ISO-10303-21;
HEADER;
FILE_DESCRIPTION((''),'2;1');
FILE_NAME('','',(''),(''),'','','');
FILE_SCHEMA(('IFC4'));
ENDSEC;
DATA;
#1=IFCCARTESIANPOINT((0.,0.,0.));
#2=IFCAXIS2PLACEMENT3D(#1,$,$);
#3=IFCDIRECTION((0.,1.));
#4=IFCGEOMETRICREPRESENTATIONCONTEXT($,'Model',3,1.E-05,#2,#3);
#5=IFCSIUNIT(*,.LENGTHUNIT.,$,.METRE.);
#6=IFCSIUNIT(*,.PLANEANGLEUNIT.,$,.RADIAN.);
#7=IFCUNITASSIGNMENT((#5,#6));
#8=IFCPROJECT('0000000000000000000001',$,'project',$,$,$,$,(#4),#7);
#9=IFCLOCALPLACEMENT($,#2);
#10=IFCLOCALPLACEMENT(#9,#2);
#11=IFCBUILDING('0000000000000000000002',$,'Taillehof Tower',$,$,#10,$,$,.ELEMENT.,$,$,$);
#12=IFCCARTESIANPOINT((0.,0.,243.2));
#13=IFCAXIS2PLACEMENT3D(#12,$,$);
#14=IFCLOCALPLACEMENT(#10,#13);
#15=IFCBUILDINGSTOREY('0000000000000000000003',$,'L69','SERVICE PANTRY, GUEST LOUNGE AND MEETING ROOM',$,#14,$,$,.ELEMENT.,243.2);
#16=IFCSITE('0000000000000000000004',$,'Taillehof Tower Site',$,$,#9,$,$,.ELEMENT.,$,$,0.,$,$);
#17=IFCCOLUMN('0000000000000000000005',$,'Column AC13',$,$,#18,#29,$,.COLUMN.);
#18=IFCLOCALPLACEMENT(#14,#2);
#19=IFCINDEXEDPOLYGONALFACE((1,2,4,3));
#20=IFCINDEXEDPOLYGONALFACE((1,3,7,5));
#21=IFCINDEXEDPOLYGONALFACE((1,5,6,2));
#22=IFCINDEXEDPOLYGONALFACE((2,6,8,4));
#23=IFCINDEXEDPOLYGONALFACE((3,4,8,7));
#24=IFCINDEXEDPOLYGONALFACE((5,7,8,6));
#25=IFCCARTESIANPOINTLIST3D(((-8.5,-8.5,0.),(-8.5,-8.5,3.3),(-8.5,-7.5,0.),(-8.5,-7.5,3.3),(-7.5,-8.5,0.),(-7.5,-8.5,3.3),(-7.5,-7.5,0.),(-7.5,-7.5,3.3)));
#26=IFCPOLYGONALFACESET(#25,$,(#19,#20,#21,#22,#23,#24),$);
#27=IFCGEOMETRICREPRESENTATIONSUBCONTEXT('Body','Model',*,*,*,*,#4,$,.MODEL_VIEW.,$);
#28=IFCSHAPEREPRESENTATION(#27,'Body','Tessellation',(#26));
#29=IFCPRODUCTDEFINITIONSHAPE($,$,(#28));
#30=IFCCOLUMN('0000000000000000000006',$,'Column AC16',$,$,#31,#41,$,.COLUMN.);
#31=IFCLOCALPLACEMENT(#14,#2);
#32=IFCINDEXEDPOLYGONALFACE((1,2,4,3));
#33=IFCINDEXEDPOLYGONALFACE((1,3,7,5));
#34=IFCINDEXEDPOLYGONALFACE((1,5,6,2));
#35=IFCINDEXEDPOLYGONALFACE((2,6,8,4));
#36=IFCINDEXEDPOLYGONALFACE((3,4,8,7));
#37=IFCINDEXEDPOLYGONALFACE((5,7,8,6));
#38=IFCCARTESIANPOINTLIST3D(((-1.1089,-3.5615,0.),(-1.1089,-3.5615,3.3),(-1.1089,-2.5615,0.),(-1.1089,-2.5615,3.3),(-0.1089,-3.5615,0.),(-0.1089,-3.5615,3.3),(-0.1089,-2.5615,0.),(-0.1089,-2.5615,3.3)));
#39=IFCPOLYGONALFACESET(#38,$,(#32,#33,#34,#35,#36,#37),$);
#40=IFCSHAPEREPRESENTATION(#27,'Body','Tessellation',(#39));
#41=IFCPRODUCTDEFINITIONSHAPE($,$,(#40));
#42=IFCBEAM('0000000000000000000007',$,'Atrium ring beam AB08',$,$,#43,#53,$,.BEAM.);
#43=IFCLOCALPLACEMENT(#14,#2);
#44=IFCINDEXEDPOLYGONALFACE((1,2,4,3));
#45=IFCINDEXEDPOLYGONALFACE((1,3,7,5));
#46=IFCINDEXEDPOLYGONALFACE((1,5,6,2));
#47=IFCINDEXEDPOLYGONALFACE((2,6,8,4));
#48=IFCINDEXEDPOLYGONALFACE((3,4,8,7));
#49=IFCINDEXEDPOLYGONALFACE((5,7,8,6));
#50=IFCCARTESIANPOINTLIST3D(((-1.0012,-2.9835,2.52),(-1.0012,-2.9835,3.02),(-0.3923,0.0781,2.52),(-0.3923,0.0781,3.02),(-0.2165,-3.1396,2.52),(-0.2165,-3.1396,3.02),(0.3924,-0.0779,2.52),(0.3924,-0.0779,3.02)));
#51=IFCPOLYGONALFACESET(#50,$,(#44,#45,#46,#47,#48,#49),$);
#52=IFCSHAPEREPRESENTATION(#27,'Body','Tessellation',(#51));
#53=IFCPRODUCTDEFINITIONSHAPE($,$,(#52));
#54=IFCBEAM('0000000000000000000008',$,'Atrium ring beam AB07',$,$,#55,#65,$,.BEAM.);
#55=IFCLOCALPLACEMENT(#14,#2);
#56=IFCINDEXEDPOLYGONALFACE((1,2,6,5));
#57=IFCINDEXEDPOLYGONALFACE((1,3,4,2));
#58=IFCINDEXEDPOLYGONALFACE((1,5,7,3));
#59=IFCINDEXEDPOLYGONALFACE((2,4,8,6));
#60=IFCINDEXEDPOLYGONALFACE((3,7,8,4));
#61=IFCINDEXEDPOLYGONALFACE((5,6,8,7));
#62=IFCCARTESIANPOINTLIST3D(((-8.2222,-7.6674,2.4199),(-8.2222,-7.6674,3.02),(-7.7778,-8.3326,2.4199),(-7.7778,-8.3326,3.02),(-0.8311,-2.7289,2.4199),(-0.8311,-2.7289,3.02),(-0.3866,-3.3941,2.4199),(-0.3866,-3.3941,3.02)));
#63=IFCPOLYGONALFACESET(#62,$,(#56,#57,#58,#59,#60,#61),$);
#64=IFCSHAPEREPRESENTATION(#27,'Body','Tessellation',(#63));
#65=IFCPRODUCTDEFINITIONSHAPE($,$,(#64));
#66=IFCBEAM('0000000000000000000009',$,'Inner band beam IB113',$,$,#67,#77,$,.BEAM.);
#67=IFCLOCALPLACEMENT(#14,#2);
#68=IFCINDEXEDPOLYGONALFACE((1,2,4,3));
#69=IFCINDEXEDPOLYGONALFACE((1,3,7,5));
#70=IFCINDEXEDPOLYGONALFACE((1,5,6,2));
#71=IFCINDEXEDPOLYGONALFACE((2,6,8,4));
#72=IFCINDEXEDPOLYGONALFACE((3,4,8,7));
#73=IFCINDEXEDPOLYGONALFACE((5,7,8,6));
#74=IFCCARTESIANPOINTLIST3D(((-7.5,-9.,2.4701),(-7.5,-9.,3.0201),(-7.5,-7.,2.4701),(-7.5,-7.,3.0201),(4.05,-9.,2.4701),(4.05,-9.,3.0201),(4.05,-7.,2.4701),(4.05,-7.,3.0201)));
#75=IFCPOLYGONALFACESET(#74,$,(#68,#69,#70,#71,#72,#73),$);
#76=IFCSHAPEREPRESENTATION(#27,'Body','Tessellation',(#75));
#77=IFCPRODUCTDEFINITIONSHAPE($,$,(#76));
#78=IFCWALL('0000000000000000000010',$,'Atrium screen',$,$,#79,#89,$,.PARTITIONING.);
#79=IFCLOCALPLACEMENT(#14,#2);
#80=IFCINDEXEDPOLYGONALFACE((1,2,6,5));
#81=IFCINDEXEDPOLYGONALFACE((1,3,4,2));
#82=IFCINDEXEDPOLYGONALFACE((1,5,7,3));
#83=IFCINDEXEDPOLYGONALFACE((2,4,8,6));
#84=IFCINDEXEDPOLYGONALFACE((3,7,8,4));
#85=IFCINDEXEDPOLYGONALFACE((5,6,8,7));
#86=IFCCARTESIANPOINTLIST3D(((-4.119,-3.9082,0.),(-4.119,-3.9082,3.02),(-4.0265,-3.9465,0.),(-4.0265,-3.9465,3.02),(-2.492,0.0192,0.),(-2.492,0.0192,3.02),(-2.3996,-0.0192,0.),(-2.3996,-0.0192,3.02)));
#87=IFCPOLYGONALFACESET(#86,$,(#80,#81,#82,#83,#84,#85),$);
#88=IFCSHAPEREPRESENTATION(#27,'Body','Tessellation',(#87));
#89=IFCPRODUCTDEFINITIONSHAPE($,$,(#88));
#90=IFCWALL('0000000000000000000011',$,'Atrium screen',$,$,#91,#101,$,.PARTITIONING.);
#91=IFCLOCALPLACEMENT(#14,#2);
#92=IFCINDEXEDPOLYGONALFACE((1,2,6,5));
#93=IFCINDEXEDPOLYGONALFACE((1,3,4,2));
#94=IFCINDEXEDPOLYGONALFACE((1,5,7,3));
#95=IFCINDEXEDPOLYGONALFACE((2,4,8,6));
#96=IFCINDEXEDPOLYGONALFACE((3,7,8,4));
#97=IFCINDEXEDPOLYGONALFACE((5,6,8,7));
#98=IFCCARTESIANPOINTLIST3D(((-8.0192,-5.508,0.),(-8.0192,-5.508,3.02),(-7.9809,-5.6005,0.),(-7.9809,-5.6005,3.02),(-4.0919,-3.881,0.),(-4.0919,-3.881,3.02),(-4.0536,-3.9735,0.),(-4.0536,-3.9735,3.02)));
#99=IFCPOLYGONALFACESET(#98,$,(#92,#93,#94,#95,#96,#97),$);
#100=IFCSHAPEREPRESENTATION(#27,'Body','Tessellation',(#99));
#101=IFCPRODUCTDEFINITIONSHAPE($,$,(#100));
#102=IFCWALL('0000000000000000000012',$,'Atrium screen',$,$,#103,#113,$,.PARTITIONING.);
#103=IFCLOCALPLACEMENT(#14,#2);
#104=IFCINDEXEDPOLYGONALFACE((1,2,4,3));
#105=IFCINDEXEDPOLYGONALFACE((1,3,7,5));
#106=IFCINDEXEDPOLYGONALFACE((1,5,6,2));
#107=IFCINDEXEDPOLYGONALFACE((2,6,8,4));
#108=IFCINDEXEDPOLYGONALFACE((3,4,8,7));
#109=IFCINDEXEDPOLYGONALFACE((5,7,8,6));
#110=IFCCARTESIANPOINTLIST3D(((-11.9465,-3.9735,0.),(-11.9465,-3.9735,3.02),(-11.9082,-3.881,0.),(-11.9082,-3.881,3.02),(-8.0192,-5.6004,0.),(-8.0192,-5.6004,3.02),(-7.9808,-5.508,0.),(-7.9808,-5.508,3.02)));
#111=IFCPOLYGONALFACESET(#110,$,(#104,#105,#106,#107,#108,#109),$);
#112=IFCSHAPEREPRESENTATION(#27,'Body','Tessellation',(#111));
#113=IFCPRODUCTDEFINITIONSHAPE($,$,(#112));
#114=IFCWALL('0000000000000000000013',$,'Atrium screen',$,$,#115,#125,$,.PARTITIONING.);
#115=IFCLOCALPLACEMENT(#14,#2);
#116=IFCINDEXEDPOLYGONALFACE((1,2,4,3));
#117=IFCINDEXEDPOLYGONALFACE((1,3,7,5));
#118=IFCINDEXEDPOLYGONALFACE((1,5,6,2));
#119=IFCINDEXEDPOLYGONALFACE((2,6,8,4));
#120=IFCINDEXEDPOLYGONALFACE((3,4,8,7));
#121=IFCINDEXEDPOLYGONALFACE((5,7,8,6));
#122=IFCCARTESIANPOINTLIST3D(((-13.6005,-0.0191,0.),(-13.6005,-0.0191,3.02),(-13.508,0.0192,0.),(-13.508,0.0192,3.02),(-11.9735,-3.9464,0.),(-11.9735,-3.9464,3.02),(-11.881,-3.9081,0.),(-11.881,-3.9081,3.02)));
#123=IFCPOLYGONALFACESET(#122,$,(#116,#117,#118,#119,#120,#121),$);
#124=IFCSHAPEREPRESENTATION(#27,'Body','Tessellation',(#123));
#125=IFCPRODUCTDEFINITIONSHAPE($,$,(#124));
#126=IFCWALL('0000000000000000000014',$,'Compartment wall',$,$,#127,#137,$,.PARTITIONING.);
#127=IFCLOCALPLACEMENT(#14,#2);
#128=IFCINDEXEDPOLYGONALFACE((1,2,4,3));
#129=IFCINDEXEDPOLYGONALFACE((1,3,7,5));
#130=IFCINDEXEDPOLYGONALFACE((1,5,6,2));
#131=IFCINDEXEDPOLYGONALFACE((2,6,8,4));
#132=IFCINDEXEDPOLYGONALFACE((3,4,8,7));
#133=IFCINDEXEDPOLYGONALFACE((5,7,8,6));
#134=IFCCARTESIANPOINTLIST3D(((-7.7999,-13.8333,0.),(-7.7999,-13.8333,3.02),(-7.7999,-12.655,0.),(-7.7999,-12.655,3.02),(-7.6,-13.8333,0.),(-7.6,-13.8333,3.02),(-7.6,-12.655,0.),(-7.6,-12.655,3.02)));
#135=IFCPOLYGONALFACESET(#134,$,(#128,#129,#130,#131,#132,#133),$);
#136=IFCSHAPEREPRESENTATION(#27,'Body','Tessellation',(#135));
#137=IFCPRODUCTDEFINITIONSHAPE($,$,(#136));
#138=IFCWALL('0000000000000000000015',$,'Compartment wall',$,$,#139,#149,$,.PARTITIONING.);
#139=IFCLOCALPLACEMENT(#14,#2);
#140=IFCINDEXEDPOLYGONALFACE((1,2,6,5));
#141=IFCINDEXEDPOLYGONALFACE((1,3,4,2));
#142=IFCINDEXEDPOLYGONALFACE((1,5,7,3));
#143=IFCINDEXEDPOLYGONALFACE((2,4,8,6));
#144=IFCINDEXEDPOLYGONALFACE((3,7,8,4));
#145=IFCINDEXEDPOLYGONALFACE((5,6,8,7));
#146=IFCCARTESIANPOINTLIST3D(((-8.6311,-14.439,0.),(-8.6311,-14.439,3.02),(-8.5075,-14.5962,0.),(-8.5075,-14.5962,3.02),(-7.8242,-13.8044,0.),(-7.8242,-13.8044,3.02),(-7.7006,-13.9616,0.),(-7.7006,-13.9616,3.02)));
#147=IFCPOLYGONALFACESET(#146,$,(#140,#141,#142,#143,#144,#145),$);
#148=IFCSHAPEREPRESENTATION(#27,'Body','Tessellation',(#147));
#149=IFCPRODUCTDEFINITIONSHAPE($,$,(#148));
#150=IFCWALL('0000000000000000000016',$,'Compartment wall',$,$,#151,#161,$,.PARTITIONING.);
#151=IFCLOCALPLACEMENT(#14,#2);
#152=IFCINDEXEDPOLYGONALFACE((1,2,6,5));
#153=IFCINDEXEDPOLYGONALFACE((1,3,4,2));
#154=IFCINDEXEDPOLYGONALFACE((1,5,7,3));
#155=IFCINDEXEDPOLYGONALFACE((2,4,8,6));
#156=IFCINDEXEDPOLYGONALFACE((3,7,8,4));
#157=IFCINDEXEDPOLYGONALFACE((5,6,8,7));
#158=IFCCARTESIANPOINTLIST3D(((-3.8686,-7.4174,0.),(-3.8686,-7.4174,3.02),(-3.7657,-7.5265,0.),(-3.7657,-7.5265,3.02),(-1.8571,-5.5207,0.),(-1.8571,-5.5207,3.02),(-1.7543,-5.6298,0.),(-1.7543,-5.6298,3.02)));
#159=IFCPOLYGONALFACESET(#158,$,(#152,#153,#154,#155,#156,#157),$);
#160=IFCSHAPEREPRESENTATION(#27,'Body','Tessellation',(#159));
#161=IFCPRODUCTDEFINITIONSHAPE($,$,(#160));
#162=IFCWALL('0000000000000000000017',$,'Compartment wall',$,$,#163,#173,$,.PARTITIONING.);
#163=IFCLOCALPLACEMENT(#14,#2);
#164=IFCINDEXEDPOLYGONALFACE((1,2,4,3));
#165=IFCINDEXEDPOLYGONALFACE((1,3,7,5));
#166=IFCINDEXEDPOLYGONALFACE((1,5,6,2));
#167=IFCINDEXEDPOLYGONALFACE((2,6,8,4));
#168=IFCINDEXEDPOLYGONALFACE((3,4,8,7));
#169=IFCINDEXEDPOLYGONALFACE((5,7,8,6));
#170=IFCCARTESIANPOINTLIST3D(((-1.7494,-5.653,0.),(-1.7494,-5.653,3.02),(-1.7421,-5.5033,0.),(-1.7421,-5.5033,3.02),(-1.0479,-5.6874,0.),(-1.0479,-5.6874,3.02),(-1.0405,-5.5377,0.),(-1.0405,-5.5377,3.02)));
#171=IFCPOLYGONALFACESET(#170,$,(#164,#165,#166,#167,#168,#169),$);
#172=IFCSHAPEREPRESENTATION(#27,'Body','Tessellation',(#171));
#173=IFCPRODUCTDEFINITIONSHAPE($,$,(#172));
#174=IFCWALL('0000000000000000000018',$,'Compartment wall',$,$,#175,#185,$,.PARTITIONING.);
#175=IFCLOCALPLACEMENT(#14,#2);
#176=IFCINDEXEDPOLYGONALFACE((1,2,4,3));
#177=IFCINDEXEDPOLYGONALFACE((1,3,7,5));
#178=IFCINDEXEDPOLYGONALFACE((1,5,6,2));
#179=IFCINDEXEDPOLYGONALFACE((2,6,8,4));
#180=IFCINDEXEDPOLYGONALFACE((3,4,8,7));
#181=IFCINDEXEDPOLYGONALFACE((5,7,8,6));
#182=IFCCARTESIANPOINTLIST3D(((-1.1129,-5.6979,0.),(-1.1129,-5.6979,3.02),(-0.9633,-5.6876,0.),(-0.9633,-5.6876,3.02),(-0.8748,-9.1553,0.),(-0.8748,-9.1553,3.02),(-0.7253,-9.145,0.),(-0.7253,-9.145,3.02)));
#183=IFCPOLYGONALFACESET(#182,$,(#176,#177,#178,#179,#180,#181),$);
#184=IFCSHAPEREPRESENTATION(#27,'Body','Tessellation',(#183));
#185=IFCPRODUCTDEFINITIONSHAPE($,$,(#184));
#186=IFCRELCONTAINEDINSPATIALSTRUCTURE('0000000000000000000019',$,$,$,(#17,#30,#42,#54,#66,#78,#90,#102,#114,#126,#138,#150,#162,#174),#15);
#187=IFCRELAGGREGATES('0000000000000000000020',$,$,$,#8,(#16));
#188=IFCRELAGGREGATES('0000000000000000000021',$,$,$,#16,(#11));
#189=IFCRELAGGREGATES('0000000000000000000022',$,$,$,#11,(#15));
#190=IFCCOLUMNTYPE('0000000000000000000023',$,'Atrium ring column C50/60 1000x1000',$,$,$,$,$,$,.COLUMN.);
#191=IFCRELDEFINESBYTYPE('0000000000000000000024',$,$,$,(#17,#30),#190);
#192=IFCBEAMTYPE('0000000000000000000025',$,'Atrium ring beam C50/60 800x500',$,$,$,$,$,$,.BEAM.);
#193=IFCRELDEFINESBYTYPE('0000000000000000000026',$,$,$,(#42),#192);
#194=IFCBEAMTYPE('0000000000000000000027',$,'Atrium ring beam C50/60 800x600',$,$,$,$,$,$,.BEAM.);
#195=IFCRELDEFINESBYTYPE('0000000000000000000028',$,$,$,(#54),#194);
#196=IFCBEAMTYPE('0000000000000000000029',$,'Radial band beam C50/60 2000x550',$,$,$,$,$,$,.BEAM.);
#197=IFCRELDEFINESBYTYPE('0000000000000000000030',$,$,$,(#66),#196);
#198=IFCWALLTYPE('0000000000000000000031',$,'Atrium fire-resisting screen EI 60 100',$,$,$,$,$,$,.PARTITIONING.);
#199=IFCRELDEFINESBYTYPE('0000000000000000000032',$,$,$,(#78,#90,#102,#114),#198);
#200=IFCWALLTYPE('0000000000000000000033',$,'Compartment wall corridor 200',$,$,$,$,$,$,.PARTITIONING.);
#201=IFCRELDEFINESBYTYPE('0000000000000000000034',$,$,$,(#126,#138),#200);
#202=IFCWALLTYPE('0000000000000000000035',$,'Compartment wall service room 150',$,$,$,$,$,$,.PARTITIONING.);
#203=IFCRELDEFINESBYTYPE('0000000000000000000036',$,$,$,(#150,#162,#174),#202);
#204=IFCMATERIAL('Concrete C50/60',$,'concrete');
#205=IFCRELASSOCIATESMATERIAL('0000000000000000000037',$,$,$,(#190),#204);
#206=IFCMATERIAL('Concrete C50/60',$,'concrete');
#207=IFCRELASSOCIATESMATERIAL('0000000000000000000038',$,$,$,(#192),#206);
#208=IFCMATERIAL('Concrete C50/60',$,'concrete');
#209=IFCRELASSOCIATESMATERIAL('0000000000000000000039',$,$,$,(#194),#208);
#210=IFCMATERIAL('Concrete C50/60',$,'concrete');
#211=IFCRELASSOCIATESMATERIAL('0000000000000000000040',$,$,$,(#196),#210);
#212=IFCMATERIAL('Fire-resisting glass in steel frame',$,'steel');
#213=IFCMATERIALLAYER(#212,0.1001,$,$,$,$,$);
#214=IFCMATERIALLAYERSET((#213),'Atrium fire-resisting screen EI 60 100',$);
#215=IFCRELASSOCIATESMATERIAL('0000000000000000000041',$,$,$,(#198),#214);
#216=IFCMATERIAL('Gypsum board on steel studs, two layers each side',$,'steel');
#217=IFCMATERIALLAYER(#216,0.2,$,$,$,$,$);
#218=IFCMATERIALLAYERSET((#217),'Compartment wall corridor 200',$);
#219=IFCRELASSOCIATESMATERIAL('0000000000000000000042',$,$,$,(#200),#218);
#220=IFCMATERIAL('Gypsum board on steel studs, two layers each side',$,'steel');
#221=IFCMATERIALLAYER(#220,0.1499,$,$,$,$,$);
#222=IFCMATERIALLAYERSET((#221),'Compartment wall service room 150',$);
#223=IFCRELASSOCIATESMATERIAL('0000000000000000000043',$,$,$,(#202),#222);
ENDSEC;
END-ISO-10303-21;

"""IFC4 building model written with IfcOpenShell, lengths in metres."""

from ifc_helpers import new_model, si_unit, direction, frame, frame_2d, origin, origin_2d, place, context, subcontext, project, spatial, rectangle, extrude, material, layer, layer_set, material_profile, profile_set, type_object, element, save


model = new_model("IFC4")

# Units and contexts
model_context = context("Model", 3, precision=1e-05, world=origin(), true_north=direction((0.0, 1.0)))
body_context = subcontext(model_context, "Body", "Model", "MODEL_VIEW")
ifc_project = project(units=[si_unit("LENGTHUNIT", "METRE"), si_unit("PLANEANGLEUNIT", "RADIAN")], contexts=[model_context])

# Site, building, storey
site_placement = place(None, origin())
site = spatial("IfcSite", under=ifc_project, at=site_placement, Name="Taillehof Tower Site", CompositionType="ELEMENT", RefElevation=0.0)
building_placement = place(site_placement, origin())
building = spatial("IfcBuilding", under=site, at=building_placement, Name="Taillehof Tower", CompositionType="ELEMENT")
storey_placement = place(building_placement, frame((0.0, 0.0, 243.2)))
storey = spatial("IfcBuildingStorey", under=building, at=storey_placement, Name="L69", Description="SERVICE PANTRY, GUEST LOUNGE AND MEETING ROOM", CompositionType="ELEMENT", Elevation=243.2)

# Columns
ifc_material_1 = material(Name="Concrete C50/60", Category="concrete")
ifc_material_profile_1 = material_profile(ifc_material_1, rectangle(XDim=1.0, YDim=1.0, at=origin_2d()), Name="RC 1000x1000")
ifc_profile_set_1 = profile_set([ifc_material_profile_1], Name="Concrete C50/60")
column_type = type_object("IfcColumnType", Name="Atrium ring column C50/60 1000x1000", PredefinedType="COLUMN", material=ifc_profile_set_1)
for number, where, z_axis, x_axis, name in (
    (1, (-8.0, -8.0, 0.0), (0.0, 0.0, 1.0), (1.0, 0.0, 0.0), "Column AC13"),
    (2, (-0.6089, -3.0615, 0.0), (0.0, 0.0, 1.0), (1.0, 0.0, 0.0), "Column AC16"),
):
    element("IfcColumn", number, at=place(storey_placement, frame(where, z_axis=z_axis, x_axis=x_axis)), inside=storey, type_object=column_type, Name=name, PredefinedType="COLUMN", context=body_context, shape_type="SweptSolid", body=[
        extrude(rectangle(XDim=1.0, YDim=1.0, at=origin_2d()), origin(), (0.0, 0.0, 1.0), 3.3),
    ])

# Beams
ifc_material_2 = material(Name="Concrete C50/60", Category="concrete")
ifc_material_profile_2 = material_profile(ifc_material_2, rectangle(XDim=0.8, YDim=0.5, at=origin_2d()), Name="RC 800x500")
ifc_profile_set_2 = profile_set([ifc_material_profile_2], Name="Concrete C50/60")
beam_type_1 = type_object("IfcBeamType", Name="Atrium ring beam C50/60 800x500", PredefinedType="BEAM", material=ifc_profile_set_2)
beam_1_placement = place(storey_placement, frame((-0.6089, -3.0615, 2.77), z_axis=(0.195063, 0.980791, 0.0), x_axis=(-0.980791, 0.195063, 0.0)))
element("IfcBeam", 3, at=beam_1_placement, inside=storey, type_object=beam_type_1, Name="Atrium ring beam AB08", PredefinedType="BEAM", context=body_context, shape_type="SweptSolid", body=[
    extrude(rectangle(XDim=0.8, YDim=0.5, at=origin_2d()), origin(), (0.0, 0.0, 1.0), 3.1216),
])
ifc_material_3 = material(Name="Concrete C50/60", Category="concrete")
ifc_material_profile_3 = material_profile(ifc_material_3, rectangle(XDim=0.8, YDim=0.6001, at=origin_2d()), Name="RC 800x600")
ifc_profile_set_3 = profile_set([ifc_material_profile_3], Name="Concrete C50/60")
beam_type_2 = type_object("IfcBeamType", Name="Atrium ring beam C50/60 800x600", PredefinedType="BEAM", material=ifc_profile_set_3)
beam_2_placement = place(storey_placement, frame((-8.0, -8.0, 2.72), z_axis=(0.831475, 0.555562, 0.0), x_axis=(-0.555562, 0.831475, 0.0)))
element("IfcBeam", 4, at=beam_2_placement, inside=storey, type_object=beam_type_2, Name="Atrium ring beam AB07", PredefinedType="BEAM", context=body_context, shape_type="SweptSolid", body=[
    extrude(rectangle(XDim=0.8, YDim=0.6001, at=origin_2d()), origin(), (0.0, 0.0, 1.0), 8.8892),
])
ifc_material_4 = material(Name="Concrete C50/60", Category="concrete")
ifc_material_profile_4 = material_profile(ifc_material_4, rectangle(XDim=2.0, YDim=0.55, at=origin_2d()), Name="RC 2000x550")
ifc_profile_set_4 = profile_set([ifc_material_profile_4], Name="Concrete C50/60")
beam_type_3 = type_object("IfcBeamType", Name="Radial band beam C50/60 2000x550", PredefinedType="BEAM", material=ifc_profile_set_4)
beam_3_placement = place(storey_placement, frame((-7.5, -8.0, 2.7451), z_axis=(1.0, 0.0, 0.0), x_axis=(0.0, 1.0, 0.0)))
element("IfcBeam", 5, at=beam_3_placement, inside=storey, type_object=beam_type_3, Name="Inner band beam IB113", PredefinedType="BEAM", context=body_context, shape_type="SweptSolid", body=[
    extrude(rectangle(XDim=2.0, YDim=0.55, at=origin_2d()), origin(), (0.0, 0.0, 1.0), 11.55),
])

# Walls
ifc_material_5 = material(Name="Fire-resisting glass in steel frame", Category="steel")
ifc_layer_1 = layer(ifc_material_5, 0.1001)
ifc_layer_set_1 = layer_set([ifc_layer_1], Name="Atrium fire-resisting screen EI 60 100")
wall_type_1 = type_object("IfcWallType", Name="Atrium fire-resisting screen EI 60 100", PredefinedType="PARTITIONING", material=ifc_layer_set_1)
for number, where, z_axis, x_axis, name in (
    (6, (-2.4458, 0.0, 0.0), (0.0, 0.0, 1.0), (-0.382731, -0.92386, 0.0), "Atrium screen"),
    (7, (-4.0728, -3.9272, 0.0), (0.0, 0.0, 1.0), (-0.92386, -0.382731, 0.0), "Atrium screen"),
    (8, (-8.0, -5.5542, 0.0), (0.0, 0.0, 1.0), (-0.92386, 0.382731, 0.0), "Atrium screen"),
    (9, (-11.9272, -3.9272, 0.0), (0.0, 0.0, 1.0), (-0.382731, 0.92386, 0.0), "Atrium screen"),
):
    element("IfcWall", number, at=place(storey_placement, frame(where, z_axis=z_axis, x_axis=x_axis)), inside=storey, type_object=wall_type_1, Name=name, PredefinedType="PARTITIONING", context=body_context, shape_type="SweptSolid", body=[
        extrude(rectangle(XDim=4.251, YDim=0.1001, at=frame_2d((2.1255, 0.0))), origin(), (0.0, 0.0, 1.0), 3.02),
    ])
ifc_material_6 = material(Name="Gypsum board on steel studs, two layers each side", Category="steel")
ifc_layer_2 = layer(ifc_material_6, 0.2)
ifc_layer_set_2 = layer_set([ifc_layer_2], Name="Compartment wall corridor 200")
wall_type_2 = type_object("IfcWallType", Name="Compartment wall corridor 200", PredefinedType="PARTITIONING", material=ifc_layer_set_2)
wall_1_placement = place(storey_placement, frame((-7.7, -12.655, 0.0), z_axis=(0.0, 0.0, 1.0), x_axis=(0.0, -1.0, 0.0)))
element("IfcWall", 10, at=wall_1_placement, inside=storey, type_object=wall_type_2, Name="Compartment wall", PredefinedType="PARTITIONING", context=body_context, shape_type="SweptSolid", body=[
    extrude(rectangle(XDim=1.1782, YDim=0.2, at=frame_2d((0.5891, 0.0))), origin(), (0.0, 0.0, 1.0), 3.02),
])
wall_2_placement = place(storey_placement, frame((-7.7625, -13.8831, 0.0), z_axis=(0.0, 0.0, 1.0), x_axis=(-0.786062, -0.618147, 0.0)))
element("IfcWall", 11, at=wall_2_placement, inside=storey, type_object=wall_type_2, Name="Compartment wall", PredefinedType="PARTITIONING", context=body_context, shape_type="SweptSolid", body=[
    extrude(rectangle(XDim=1.0266, YDim=0.2, at=frame_2d((0.5132, 0.0))), origin(), (0.0, 0.0, 1.0), 3.02),
])
ifc_material_7 = material(Name="Gypsum board on steel studs, two layers each side", Category="steel")
ifc_layer_3 = layer(ifc_material_7, 0.1499)
ifc_layer_set_3 = layer_set([ifc_layer_3], Name="Compartment wall service room 150")
wall_type_3 = type_object("IfcWallType", Name="Compartment wall service room 150", PredefinedType="PARTITIONING", material=ifc_layer_set_3)
wall_3_placement = place(storey_placement, frame((-3.8171, -7.4719, 0.0), z_axis=(0.0, 0.0, 1.0), x_axis=(0.727554, 0.68605, 0.0)))
element("IfcWall", 12, at=wall_3_placement, inside=storey, type_object=wall_type_3, Name="Compartment wall", PredefinedType="PARTITIONING", context=body_context, shape_type="SweptSolid", body=[
    extrude(rectangle(XDim=2.7646, YDim=0.1499, at=frame_2d((1.3823, 0.0))), origin(), (0.0, 0.0, 1.0), 3.02),
])
wall_4_placement = place(storey_placement, frame((-1.7456, -5.5781, 0.0), z_axis=(0.0, 0.0, 1.0), x_axis=(0.998799, -0.049002, 0.0)))
element("IfcWall", 13, at=wall_4_placement, inside=storey, type_object=wall_type_3, Name="Compartment wall", PredefinedType="PARTITIONING", context=body_context, shape_type="SweptSolid", body=[
    extrude(rectangle(XDim=0.7024, YDim=0.1499, at=frame_2d((0.3511, 0.0))), origin(), (0.0, 0.0, 1.0), 3.02),
])
wall_5_placement = place(storey_placement, frame((-1.0381, -5.6926, 0.0), z_axis=(0.0, 0.0, 1.0), x_axis=(0.068688, -0.997638, 0.0)))
element("IfcWall", 14, at=wall_5_placement, inside=storey, type_object=wall_type_3, Name="Compartment wall", PredefinedType="PARTITIONING", context=body_context, shape_type="SweptSolid", body=[
    extrude(rectangle(XDim=3.4656, YDim=0.1499, at=frame_2d((1.7329, 0.0))), origin(), (0.0, 0.0, 1.0), 3.02),
])

save(model, "model.ifc")
